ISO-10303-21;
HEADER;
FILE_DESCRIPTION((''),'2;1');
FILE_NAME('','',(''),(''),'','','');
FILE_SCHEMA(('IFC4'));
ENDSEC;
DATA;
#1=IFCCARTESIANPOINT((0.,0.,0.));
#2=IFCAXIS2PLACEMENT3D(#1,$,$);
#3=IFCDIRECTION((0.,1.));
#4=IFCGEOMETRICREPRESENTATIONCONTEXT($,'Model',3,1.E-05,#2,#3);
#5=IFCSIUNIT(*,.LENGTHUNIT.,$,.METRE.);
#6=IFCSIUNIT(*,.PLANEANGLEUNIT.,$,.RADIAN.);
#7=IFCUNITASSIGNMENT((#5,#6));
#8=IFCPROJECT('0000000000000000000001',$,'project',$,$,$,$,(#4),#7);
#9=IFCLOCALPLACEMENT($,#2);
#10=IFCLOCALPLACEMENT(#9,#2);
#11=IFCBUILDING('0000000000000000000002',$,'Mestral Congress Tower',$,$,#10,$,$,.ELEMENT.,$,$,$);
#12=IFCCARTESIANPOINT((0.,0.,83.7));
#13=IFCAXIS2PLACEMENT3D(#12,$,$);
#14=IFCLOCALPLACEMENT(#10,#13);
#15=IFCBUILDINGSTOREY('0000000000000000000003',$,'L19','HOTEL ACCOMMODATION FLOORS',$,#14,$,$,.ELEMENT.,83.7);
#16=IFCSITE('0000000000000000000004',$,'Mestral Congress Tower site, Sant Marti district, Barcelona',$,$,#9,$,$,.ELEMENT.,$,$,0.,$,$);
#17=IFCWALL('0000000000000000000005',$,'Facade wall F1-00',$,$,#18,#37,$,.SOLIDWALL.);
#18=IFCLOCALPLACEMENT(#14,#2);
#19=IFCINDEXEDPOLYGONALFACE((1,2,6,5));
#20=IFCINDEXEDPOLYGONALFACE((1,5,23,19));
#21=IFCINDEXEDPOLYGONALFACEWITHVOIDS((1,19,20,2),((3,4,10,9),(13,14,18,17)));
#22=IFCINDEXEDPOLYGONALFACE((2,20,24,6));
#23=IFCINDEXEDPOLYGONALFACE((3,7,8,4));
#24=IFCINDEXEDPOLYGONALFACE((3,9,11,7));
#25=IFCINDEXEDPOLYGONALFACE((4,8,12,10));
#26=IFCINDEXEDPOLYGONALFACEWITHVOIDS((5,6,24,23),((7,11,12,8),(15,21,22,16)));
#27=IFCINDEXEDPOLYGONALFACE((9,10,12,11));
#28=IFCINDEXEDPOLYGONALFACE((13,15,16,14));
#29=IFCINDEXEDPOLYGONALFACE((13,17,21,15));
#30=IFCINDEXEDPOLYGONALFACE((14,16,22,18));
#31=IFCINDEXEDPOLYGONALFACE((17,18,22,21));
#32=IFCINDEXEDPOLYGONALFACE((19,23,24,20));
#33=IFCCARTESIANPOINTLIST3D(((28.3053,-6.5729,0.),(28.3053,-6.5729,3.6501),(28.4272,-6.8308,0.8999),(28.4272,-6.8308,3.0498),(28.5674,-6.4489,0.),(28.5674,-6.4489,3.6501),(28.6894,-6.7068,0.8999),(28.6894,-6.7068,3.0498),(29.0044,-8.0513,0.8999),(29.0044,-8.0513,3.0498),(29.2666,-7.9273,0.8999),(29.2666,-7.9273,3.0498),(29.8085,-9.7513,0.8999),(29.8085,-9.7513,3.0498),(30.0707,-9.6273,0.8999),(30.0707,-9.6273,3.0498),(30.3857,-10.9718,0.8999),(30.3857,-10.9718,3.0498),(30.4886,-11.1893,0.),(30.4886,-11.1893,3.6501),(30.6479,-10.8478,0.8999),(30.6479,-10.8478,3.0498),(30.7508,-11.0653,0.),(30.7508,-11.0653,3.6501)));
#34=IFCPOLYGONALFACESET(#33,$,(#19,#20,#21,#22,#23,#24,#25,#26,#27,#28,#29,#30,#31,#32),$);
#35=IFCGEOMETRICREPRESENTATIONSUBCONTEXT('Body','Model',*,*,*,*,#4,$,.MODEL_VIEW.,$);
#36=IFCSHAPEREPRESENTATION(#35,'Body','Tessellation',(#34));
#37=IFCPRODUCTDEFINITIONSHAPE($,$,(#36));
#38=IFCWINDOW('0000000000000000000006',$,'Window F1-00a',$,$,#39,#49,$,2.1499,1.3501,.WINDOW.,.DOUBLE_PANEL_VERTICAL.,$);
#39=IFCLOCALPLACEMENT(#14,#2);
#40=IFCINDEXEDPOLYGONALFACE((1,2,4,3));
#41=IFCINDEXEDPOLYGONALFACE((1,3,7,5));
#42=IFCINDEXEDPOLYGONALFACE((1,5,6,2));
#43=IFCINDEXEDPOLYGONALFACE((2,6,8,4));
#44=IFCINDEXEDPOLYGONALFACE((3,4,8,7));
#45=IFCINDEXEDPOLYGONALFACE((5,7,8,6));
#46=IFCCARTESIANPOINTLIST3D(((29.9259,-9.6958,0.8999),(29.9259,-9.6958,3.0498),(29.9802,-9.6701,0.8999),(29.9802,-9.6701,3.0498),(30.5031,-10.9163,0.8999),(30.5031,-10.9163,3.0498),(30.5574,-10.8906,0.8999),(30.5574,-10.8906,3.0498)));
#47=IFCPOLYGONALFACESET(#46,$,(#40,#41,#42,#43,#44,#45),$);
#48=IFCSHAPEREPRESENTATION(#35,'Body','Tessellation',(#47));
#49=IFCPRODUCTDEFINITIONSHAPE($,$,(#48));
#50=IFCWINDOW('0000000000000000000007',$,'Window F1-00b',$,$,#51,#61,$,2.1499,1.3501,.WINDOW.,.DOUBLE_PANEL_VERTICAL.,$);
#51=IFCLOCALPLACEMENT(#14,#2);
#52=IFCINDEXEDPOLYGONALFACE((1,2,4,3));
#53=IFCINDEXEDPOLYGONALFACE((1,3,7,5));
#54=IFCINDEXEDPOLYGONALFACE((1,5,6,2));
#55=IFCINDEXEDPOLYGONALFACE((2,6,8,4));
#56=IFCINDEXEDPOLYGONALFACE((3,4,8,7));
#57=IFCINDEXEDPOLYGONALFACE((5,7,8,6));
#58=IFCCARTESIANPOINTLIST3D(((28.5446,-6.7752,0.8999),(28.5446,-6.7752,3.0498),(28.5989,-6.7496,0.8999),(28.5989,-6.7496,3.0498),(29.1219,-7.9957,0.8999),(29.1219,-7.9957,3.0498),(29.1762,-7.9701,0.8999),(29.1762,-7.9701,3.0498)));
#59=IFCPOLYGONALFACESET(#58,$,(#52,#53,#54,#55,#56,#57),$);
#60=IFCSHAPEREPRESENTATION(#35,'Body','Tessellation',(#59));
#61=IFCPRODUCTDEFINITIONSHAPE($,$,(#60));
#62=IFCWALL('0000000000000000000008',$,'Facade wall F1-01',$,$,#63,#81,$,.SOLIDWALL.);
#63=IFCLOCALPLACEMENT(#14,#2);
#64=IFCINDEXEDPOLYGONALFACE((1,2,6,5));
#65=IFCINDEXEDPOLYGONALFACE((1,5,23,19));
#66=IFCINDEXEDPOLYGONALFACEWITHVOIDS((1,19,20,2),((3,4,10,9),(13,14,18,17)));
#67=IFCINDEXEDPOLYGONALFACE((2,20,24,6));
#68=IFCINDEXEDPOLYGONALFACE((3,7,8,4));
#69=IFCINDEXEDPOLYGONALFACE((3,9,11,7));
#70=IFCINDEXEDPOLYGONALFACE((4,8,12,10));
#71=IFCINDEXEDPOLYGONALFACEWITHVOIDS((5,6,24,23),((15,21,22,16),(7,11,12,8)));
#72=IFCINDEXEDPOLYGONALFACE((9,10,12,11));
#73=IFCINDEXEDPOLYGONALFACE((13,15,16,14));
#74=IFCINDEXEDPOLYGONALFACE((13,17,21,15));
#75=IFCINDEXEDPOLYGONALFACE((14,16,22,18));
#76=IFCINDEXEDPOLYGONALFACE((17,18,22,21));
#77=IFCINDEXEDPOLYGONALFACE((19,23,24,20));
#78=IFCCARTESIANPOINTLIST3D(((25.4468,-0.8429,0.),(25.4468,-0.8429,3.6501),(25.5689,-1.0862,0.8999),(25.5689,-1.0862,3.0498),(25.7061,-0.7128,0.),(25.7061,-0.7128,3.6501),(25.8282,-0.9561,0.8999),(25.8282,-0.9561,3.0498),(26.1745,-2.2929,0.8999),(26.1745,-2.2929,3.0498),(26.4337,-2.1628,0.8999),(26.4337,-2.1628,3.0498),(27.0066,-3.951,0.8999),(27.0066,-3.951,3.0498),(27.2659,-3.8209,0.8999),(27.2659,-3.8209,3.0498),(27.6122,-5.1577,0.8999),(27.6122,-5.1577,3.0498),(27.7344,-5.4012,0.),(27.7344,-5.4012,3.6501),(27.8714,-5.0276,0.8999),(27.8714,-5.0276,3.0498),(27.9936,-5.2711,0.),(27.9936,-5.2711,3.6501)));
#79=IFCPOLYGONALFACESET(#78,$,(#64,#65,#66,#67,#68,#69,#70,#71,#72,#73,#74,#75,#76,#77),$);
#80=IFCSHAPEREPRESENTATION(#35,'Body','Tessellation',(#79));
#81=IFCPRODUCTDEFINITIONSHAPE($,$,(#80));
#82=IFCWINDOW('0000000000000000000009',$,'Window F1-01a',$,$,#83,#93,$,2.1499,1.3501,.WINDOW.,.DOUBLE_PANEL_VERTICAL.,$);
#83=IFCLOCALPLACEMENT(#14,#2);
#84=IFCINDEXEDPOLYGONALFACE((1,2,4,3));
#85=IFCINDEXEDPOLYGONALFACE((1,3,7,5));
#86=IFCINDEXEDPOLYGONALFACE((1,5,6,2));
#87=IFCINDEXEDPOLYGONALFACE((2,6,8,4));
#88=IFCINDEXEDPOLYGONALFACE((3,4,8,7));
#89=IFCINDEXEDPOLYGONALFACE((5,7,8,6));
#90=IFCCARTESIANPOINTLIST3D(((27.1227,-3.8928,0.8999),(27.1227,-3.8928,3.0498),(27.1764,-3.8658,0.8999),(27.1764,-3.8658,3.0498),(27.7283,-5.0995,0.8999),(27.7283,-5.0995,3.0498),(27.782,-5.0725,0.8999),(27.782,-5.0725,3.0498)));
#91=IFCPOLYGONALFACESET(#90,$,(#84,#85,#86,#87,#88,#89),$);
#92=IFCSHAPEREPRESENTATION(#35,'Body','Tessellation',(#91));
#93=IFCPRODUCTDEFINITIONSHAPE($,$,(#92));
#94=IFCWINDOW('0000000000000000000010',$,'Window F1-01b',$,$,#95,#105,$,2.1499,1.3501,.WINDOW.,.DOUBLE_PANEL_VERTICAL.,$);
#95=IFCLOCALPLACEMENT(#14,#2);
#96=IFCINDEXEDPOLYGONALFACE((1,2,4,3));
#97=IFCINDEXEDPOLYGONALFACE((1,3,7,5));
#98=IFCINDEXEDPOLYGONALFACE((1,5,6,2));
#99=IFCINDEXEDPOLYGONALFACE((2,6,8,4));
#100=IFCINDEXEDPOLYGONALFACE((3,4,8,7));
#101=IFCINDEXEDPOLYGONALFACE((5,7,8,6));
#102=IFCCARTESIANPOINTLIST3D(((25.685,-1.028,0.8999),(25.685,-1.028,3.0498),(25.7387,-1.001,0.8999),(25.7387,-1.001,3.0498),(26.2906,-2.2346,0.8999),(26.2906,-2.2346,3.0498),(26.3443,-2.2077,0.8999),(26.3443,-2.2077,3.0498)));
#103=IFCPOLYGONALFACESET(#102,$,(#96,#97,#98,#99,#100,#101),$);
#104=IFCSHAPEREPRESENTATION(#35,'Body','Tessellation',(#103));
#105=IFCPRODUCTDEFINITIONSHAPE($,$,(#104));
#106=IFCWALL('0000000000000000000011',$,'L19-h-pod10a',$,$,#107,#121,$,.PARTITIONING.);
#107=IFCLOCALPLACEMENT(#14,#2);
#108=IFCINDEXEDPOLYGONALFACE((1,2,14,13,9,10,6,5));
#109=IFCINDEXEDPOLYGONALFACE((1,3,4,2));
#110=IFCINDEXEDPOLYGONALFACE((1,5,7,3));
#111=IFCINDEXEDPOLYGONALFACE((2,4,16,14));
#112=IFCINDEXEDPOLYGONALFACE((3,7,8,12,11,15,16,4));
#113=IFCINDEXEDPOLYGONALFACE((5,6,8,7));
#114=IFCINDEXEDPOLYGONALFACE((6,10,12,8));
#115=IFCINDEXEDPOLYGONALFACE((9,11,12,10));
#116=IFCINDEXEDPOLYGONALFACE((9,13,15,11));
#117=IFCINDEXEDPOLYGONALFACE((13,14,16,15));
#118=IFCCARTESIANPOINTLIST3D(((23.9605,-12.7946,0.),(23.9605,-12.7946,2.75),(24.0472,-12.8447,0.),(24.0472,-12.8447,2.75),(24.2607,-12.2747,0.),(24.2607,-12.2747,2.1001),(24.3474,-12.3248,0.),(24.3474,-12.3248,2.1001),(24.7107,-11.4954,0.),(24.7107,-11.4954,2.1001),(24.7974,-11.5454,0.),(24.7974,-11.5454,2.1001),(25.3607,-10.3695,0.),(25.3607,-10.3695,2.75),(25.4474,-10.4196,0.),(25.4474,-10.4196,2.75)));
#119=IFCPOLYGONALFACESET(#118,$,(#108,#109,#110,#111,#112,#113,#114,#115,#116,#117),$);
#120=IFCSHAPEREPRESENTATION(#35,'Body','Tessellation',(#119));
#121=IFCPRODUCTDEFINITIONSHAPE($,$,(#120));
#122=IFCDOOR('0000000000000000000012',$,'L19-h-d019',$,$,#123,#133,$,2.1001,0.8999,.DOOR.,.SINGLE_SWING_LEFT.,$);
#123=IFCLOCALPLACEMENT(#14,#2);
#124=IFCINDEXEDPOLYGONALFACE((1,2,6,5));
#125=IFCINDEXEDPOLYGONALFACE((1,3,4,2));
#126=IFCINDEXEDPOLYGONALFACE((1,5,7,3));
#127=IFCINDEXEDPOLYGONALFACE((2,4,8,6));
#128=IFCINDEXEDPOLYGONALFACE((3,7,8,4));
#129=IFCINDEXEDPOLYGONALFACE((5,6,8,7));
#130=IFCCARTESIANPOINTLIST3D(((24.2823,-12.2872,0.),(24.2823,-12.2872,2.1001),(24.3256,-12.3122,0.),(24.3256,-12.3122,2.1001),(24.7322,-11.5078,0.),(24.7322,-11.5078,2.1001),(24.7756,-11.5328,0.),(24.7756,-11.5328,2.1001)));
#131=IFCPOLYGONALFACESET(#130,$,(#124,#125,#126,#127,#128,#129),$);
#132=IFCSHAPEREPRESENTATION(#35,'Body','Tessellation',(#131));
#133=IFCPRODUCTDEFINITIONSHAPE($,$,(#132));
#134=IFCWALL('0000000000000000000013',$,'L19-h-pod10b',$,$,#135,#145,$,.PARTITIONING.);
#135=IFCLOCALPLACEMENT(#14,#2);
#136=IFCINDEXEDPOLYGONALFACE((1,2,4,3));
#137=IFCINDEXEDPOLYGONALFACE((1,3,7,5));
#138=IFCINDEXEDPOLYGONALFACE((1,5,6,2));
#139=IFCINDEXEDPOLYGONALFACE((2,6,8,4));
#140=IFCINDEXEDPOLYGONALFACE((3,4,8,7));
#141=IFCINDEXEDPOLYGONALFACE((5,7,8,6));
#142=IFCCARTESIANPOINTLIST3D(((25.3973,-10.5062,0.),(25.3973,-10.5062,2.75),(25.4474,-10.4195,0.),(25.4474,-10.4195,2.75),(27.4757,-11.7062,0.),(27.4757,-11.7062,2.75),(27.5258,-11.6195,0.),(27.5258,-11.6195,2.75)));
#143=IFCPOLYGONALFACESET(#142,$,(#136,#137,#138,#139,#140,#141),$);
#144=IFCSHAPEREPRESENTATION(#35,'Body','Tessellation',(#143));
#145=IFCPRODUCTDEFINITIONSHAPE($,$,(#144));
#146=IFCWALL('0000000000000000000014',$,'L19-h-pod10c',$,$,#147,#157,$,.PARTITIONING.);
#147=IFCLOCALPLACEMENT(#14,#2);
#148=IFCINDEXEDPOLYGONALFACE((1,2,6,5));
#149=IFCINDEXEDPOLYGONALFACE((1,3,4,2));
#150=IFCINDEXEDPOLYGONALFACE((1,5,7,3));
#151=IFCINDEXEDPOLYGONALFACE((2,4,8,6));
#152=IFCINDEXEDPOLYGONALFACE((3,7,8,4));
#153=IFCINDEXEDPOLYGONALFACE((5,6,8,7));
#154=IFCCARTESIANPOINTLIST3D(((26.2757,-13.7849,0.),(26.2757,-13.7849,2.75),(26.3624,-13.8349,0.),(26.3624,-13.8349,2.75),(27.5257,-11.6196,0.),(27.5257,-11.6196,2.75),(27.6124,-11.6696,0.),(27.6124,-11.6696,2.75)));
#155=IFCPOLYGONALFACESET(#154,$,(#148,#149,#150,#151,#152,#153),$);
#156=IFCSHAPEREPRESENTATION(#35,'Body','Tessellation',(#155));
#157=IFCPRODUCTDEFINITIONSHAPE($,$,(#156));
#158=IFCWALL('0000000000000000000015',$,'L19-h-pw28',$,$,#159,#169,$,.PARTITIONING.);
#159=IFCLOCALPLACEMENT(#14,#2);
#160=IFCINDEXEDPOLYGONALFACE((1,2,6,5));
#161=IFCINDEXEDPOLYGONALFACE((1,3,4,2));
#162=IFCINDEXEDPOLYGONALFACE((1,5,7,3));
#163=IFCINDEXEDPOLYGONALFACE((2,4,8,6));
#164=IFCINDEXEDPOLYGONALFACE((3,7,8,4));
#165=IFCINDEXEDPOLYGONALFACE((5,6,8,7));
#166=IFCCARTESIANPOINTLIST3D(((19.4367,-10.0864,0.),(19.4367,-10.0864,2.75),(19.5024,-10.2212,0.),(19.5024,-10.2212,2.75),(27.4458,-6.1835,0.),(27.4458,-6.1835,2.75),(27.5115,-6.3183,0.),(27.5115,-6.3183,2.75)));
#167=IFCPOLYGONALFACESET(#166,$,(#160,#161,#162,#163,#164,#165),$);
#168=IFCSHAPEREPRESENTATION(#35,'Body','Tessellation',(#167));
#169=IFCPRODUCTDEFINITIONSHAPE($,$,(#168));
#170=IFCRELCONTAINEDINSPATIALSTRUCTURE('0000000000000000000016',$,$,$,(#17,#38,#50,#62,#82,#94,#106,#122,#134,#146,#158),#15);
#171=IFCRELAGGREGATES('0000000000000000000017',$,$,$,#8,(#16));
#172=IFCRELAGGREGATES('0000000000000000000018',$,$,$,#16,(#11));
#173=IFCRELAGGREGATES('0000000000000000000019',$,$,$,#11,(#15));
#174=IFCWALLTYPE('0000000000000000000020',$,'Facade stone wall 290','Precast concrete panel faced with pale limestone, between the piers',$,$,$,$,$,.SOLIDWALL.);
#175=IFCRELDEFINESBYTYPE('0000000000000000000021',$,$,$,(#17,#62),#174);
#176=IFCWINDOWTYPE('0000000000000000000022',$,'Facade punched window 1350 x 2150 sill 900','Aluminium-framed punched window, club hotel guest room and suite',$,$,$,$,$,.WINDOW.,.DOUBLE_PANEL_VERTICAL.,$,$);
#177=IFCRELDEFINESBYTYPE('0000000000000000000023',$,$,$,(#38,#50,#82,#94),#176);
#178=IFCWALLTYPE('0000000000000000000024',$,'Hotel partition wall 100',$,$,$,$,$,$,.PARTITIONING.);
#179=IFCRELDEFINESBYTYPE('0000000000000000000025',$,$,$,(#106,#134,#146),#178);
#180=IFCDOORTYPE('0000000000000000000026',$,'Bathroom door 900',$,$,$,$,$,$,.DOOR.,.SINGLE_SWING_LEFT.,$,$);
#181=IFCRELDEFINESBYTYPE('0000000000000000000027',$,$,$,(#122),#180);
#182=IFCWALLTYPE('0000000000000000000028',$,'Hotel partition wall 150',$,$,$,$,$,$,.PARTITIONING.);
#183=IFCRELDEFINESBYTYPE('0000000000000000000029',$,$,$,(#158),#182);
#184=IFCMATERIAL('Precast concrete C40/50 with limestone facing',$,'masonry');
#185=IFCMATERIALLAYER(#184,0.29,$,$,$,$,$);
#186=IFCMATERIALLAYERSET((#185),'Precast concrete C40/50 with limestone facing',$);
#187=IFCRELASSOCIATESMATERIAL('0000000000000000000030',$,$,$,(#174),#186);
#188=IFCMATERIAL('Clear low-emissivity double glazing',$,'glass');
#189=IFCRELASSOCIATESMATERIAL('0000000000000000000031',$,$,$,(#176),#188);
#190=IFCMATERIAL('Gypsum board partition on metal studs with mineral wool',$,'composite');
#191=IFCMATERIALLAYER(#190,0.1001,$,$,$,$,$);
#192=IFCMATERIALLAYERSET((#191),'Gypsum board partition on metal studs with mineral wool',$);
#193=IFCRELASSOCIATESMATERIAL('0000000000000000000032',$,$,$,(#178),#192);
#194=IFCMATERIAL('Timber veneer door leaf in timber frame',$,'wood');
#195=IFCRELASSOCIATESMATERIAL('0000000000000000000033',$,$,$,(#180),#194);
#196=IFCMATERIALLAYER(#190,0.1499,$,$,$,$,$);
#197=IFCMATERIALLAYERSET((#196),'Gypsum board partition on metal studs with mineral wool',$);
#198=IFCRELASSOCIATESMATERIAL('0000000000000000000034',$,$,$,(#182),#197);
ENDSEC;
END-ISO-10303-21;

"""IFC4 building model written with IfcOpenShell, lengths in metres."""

from ifc_helpers import new_model, si_unit, direction, frame, frame_2d, origin, place, context, subcontext, project, spatial, rectangle, extrude, material, layer, layer_set, type_object, element, fill, save


model = new_model("IFC4")

# Units and contexts
model_context = context("Model", 3, precision=1e-05, world=origin(), true_north=direction((0.0, 1.0)))
body_context = subcontext(model_context, "Body", "Model", "MODEL_VIEW")
ifc_project = project(units=[si_unit("LENGTHUNIT", "METRE"), si_unit("PLANEANGLEUNIT", "RADIAN")], contexts=[model_context])

# Site, building, storey
site_placement = place(None, origin())
site = spatial("IfcSite", under=ifc_project, at=site_placement, Name="Mestral Congress Tower site, Sant Marti district, Barcelona", CompositionType="ELEMENT", RefElevation=0.0)
building_placement = place(site_placement, origin())
building = spatial("IfcBuilding", under=site, at=building_placement, Name="Mestral Congress Tower", CompositionType="ELEMENT")
storey_placement = place(building_placement, frame((0.0, 0.0, 83.7)))
storey = spatial("IfcBuildingStorey", under=building, at=storey_placement, Name="L19", Description="HOTEL ACCOMMODATION FLOORS", CompositionType="ELEMENT", Elevation=83.7)

# Shared definitions
ifc_material_1 = material(Name="Precast concrete C40/50 with limestone facing", Category="masonry")
ifc_layer_1 = layer(ifc_material_1, 0.29)
ifc_layer_set_1 = layer_set([ifc_layer_1], Name="Precast concrete C40/50 with limestone facing")
wall_type_1 = type_object("IfcWallType", Name="Facade stone wall 290", Description="Precast concrete panel faced with pale limestone, between the piers", PredefinedType="SOLIDWALL", material=ifc_layer_set_1)
ifc_material_2 = material(Name="Clear low-emissivity double glazing", Category="glass")

# Walls, openings, windows
wall_1_placement = place(storey_placement, frame((30.6196, -11.1272, 0.0), z_axis=(0.0, 0.0, 1.0), x_axis=(-0.427544, 0.903995, 0.0)))
wall_1 = element("IfcWall", 1, at=wall_1_placement, inside=storey, type_object=wall_type_1, Name="Facade wall F1-00", PredefinedType="SOLIDWALL", context=body_context, shape_type="SweptSolid", body=[
    extrude(rectangle(XDim=5.1067, YDim=0.29, at=frame_2d((2.5532, 0.0))), origin(), (0.0, 0.0, 1.0), 3.6501),
])
opening_1_placement = place(wall_1_placement, frame((0.2405, 0.0, 0.8999)))
opening_1 = element("IfcOpeningElement", 2, at=opening_1_placement, cuts=wall_1, PredefinedType="OPENING", context=body_context, shape_type="SweptSolid", body=[
    extrude(rectangle(XDim=1.3501, YDim=2.1499, at=frame_2d((0.675, 1.075))), frame((0.0, 0.155, 0.0), z_axis=(0.0, -1.0, 0.0), x_axis=(1.0, 0.0, 0.0)), (0.0, 0.0, 1.0), 0.3101),
])
opening_2_placement = place(wall_1_placement, frame((3.4712, 0.0, 0.8999)))
opening_2 = element("IfcOpeningElement", 3, at=opening_2_placement, cuts=wall_1, PredefinedType="OPENING", context=body_context, shape_type="SweptSolid", body=[
    extrude(rectangle(XDim=1.3501, YDim=2.1499, at=frame_2d((0.675, 1.075))), frame((0.0, 0.155, 0.0), z_axis=(0.0, -1.0, 0.0), x_axis=(1.0, 0.0, 0.0)), (0.0, 0.0, 1.0), 0.3101),
])
window_type_1 = type_object("IfcWindowType", Name="Facade punched window 1350 x 2150 sill 900", Description="Aluminium-framed punched window, club hotel guest room and suite", PartitioningType="DOUBLE_PANEL_VERTICAL", PredefinedType="WINDOW", material=ifc_material_2)
window_1_placement = place(opening_1_placement, origin())
window_1 = element("IfcWindow", 4, at=window_1_placement, inside=storey, type_object=window_type_1, Name="Window F1-00a", OverallHeight=2.1499, OverallWidth=1.3501, PartitioningType="DOUBLE_PANEL_VERTICAL", PredefinedType="WINDOW", context=body_context, shape_type="SweptSolid", body=[
    extrude(rectangle(XDim=1.3501, YDim=2.1499, at=frame_2d((0.675, 1.075))), frame((0.0, 0.0151, 0.0), z_axis=(0.0, -1.0, 0.0), x_axis=(1.0, 0.0, 0.0)), (0.0, 0.0, 1.0), 0.0601),
])
fill(opening_1, window_1)
window_2_placement = place(opening_2_placement, origin())
window_2 = element("IfcWindow", 5, at=window_2_placement, inside=storey, type_object=window_type_1, Name="Window F1-00b", OverallHeight=2.1499, OverallWidth=1.3501, PartitioningType="DOUBLE_PANEL_VERTICAL", PredefinedType="WINDOW", context=body_context, shape_type="SweptSolid", body=[
    extrude(rectangle(XDim=1.3501, YDim=2.1499, at=frame_2d((0.675, 1.075))), frame((0.0, 0.0151, 0.0), z_axis=(0.0, -1.0, 0.0), x_axis=(1.0, 0.0, 0.0)), (0.0, 0.0, 1.0), 0.0601),
])
fill(opening_2, window_2)
wall_2_placement = place(storey_placement, frame((27.864, -5.3362, 0.0), z_axis=(0.0, 0.0, 1.0), x_axis=(-0.448534, 0.893766, 0.0)))
wall_2 = element("IfcWall", 6, at=wall_2_placement, inside=storey, type_object=wall_type_1, Name="Facade wall F1-01", PredefinedType="SOLIDWALL", context=body_context, shape_type="SweptSolid", body=[
    extrude(rectangle(XDim=5.1001, YDim=0.29, at=frame_2d((2.55, 0.0))), origin(), (0.0, 0.0, 1.0), 3.6501),
])
opening_3_placement = place(wall_2_placement, frame((0.2725, 0.0, 0.8999)))
opening_3 = element("IfcOpeningElement", 7, at=opening_3_placement, cuts=wall_2, PredefinedType="OPENING", context=body_context, shape_type="SweptSolid", body=[
    extrude(rectangle(XDim=1.3501, YDim=2.1499, at=frame_2d((0.675, 1.075))), frame((0.0, 0.155, 0.0), z_axis=(0.0, -1.0, 0.0), x_axis=(1.0, 0.0, 0.0)), (0.0, 0.0, 1.0), 0.3101),
])
opening_4_placement = place(wall_2_placement, frame((3.4778, 0.0, 0.8999)))
opening_4 = element("IfcOpeningElement", 8, at=opening_4_placement, cuts=wall_2, PredefinedType="OPENING", context=body_context, shape_type="SweptSolid", body=[
    extrude(rectangle(XDim=1.3501, YDim=2.1499, at=frame_2d((0.675, 1.075))), frame((0.0, 0.155, 0.0), z_axis=(0.0, -1.0, 0.0), x_axis=(1.0, 0.0, 0.0)), (0.0, 0.0, 1.0), 0.3101),
])
window_3_placement = place(opening_3_placement, origin())
window_3 = element("IfcWindow", 9, at=window_3_placement, inside=storey, type_object=window_type_1, Name="Window F1-01a", OverallHeight=2.1499, OverallWidth=1.3501, PartitioningType="DOUBLE_PANEL_VERTICAL", PredefinedType="WINDOW", context=body_context, shape_type="SweptSolid", body=[
    extrude(rectangle(XDim=1.3501, YDim=2.1499, at=frame_2d((0.675, 1.075))), frame((0.0, 0.0151, 0.0), z_axis=(0.0, -1.0, 0.0), x_axis=(1.0, 0.0, 0.0)), (0.0, 0.0, 1.0), 0.0601),
])
fill(opening_3, window_3)
window_4_placement = place(opening_4_placement, origin())
window_4 = element("IfcWindow", 10, at=window_4_placement, inside=storey, type_object=window_type_1, Name="Window F1-01b", OverallHeight=2.1499, OverallWidth=1.3501, PartitioningType="DOUBLE_PANEL_VERTICAL", PredefinedType="WINDOW", context=body_context, shape_type="SweptSolid", body=[
    extrude(rectangle(XDim=1.3501, YDim=2.1499, at=frame_2d((0.675, 1.075))), frame((0.0, 0.0151, 0.0), z_axis=(0.0, -1.0, 0.0), x_axis=(1.0, 0.0, 0.0)), (0.0, 0.0, 1.0), 0.0601),
])
fill(opening_4, window_4)

# Wall, opening, door
ifc_material_3 = material(Name="Gypsum board partition on metal studs with mineral wool", Category="composite")
ifc_layer_2 = layer(ifc_material_3, 0.1001)
ifc_layer_set_2 = layer_set([ifc_layer_2], Name="Gypsum board partition on metal studs with mineral wool")
wall_type_2 = type_object("IfcWallType", Name="Hotel partition wall 100", PredefinedType="PARTITIONING", material=ifc_layer_set_2)
wall_3_placement = place(storey_placement, frame((25.4041, -10.3945, 0.0), z_axis=(0.0, 0.0, 1.0), x_axis=(-0.500012, -0.866019, 0.0)))
wall_3 = element("IfcWall", 11, at=wall_3_placement, inside=storey, type_object=wall_type_2, Name="L19-h-pod10a", PredefinedType="PARTITIONING", context=body_context, shape_type="SweptSolid", body=[
    extrude(rectangle(XDim=2.8003, YDim=0.1001, at=frame_2d((1.4001, 0.0))), origin(), (0.0, 0.0, 1.0), 2.75),
])
opening_5_placement = place(wall_3_placement, frame((1.3, 0.0, 0.0)))
opening_5 = element("IfcOpeningElement", 12, at=opening_5_placement, cuts=wall_3, PredefinedType="OPENING", context=body_context, shape_type="SweptSolid", body=[
    extrude(rectangle(XDim=0.8999, YDim=2.1001, at=frame_2d((0.45, 1.05))), frame((0.0, 0.0601, 0.0), z_axis=(0.0, -1.0, 0.0), x_axis=(1.0, 0.0, 0.0)), (0.0, 0.0, 1.0), 0.1201),
])
ifc_material_4 = material(Name="Timber veneer door leaf in timber frame", Category="wood")
door_type = type_object("IfcDoorType", Name="Bathroom door 900", OperationType="SINGLE_SWING_LEFT", PredefinedType="DOOR", material=ifc_material_4)
door_placement = place(opening_5_placement, origin())
door = element("IfcDoor", 13, at=door_placement, inside=storey, type_object=door_type, Name="L19-h-d019", OperationType="SINGLE_SWING_LEFT", OverallHeight=2.1001, OverallWidth=0.8999, PredefinedType="DOOR", context=body_context, shape_type="SweptSolid", body=[
    extrude(rectangle(XDim=0.8999, YDim=2.1001, at=frame_2d((0.45, 1.05))), frame((0.0, 0.0249, 0.0), z_axis=(0.0, -1.0, 0.0), x_axis=(1.0, 0.0, 0.0)), (0.0, 0.0, 1.0), 0.05),
])
fill(opening_5, door)

# Walls
wall_4_placement = place(storey_placement, frame((25.4224, -10.4629, 0.0), z_axis=(0.0, 0.0, 1.0), x_axis=(0.866025, -0.500001, 0.0)))
element("IfcWall", 14, at=wall_4_placement, inside=storey, type_object=wall_type_2, Name="L19-h-pod10b", PredefinedType="PARTITIONING", context=body_context, shape_type="SweptSolid", body=[
    extrude(rectangle(XDim=2.3999, YDim=0.1001, at=frame_2d((1.2, 0.0))), origin(), (0.0, 0.0, 1.0), 2.75),
])
wall_5_placement = place(storey_placement, frame((26.3191, -13.8098, 0.0), z_axis=(0.0, 0.0, 1.0), x_axis=(0.499962, 0.866047, 0.0)))
element("IfcWall", 15, at=wall_5_placement, inside=storey, type_object=wall_type_2, Name="L19-h-pod10c", PredefinedType="PARTITIONING", context=body_context, shape_type="SweptSolid", body=[
    extrude(rectangle(XDim=2.5002, YDim=0.1001, at=frame_2d((1.25, 0.0))), origin(), (0.0, 0.0, 1.0), 2.75),
])
ifc_layer_3 = layer(ifc_material_3, 0.1499)
ifc_layer_set_3 = layer_set([ifc_layer_3], Name="Gypsum board partition on metal studs with mineral wool")
wall_type_3 = type_object("IfcWallType", Name="Hotel partition wall 150", PredefinedType="PARTITIONING", material=ifc_layer_set_3)
wall_6_placement = place(storey_placement, frame((27.4785, -6.251, 0.0), z_axis=(0.0, 0.0, 1.0), x_axis=(-0.898946, -0.43806, 0.0)))
element("IfcWall", 16, at=wall_6_placement, inside=storey, type_object=wall_type_3, Name="L19-h-pw28", PredefinedType="PARTITIONING", context=body_context, shape_type="SweptSolid", body=[
    extrude(rectangle(XDim=8.9094, YDim=0.1499, at=frame_2d((4.4546, 0.0))), origin(), (0.0, 0.0, 1.0), 2.75),
])

save(model, "model.ifc")
